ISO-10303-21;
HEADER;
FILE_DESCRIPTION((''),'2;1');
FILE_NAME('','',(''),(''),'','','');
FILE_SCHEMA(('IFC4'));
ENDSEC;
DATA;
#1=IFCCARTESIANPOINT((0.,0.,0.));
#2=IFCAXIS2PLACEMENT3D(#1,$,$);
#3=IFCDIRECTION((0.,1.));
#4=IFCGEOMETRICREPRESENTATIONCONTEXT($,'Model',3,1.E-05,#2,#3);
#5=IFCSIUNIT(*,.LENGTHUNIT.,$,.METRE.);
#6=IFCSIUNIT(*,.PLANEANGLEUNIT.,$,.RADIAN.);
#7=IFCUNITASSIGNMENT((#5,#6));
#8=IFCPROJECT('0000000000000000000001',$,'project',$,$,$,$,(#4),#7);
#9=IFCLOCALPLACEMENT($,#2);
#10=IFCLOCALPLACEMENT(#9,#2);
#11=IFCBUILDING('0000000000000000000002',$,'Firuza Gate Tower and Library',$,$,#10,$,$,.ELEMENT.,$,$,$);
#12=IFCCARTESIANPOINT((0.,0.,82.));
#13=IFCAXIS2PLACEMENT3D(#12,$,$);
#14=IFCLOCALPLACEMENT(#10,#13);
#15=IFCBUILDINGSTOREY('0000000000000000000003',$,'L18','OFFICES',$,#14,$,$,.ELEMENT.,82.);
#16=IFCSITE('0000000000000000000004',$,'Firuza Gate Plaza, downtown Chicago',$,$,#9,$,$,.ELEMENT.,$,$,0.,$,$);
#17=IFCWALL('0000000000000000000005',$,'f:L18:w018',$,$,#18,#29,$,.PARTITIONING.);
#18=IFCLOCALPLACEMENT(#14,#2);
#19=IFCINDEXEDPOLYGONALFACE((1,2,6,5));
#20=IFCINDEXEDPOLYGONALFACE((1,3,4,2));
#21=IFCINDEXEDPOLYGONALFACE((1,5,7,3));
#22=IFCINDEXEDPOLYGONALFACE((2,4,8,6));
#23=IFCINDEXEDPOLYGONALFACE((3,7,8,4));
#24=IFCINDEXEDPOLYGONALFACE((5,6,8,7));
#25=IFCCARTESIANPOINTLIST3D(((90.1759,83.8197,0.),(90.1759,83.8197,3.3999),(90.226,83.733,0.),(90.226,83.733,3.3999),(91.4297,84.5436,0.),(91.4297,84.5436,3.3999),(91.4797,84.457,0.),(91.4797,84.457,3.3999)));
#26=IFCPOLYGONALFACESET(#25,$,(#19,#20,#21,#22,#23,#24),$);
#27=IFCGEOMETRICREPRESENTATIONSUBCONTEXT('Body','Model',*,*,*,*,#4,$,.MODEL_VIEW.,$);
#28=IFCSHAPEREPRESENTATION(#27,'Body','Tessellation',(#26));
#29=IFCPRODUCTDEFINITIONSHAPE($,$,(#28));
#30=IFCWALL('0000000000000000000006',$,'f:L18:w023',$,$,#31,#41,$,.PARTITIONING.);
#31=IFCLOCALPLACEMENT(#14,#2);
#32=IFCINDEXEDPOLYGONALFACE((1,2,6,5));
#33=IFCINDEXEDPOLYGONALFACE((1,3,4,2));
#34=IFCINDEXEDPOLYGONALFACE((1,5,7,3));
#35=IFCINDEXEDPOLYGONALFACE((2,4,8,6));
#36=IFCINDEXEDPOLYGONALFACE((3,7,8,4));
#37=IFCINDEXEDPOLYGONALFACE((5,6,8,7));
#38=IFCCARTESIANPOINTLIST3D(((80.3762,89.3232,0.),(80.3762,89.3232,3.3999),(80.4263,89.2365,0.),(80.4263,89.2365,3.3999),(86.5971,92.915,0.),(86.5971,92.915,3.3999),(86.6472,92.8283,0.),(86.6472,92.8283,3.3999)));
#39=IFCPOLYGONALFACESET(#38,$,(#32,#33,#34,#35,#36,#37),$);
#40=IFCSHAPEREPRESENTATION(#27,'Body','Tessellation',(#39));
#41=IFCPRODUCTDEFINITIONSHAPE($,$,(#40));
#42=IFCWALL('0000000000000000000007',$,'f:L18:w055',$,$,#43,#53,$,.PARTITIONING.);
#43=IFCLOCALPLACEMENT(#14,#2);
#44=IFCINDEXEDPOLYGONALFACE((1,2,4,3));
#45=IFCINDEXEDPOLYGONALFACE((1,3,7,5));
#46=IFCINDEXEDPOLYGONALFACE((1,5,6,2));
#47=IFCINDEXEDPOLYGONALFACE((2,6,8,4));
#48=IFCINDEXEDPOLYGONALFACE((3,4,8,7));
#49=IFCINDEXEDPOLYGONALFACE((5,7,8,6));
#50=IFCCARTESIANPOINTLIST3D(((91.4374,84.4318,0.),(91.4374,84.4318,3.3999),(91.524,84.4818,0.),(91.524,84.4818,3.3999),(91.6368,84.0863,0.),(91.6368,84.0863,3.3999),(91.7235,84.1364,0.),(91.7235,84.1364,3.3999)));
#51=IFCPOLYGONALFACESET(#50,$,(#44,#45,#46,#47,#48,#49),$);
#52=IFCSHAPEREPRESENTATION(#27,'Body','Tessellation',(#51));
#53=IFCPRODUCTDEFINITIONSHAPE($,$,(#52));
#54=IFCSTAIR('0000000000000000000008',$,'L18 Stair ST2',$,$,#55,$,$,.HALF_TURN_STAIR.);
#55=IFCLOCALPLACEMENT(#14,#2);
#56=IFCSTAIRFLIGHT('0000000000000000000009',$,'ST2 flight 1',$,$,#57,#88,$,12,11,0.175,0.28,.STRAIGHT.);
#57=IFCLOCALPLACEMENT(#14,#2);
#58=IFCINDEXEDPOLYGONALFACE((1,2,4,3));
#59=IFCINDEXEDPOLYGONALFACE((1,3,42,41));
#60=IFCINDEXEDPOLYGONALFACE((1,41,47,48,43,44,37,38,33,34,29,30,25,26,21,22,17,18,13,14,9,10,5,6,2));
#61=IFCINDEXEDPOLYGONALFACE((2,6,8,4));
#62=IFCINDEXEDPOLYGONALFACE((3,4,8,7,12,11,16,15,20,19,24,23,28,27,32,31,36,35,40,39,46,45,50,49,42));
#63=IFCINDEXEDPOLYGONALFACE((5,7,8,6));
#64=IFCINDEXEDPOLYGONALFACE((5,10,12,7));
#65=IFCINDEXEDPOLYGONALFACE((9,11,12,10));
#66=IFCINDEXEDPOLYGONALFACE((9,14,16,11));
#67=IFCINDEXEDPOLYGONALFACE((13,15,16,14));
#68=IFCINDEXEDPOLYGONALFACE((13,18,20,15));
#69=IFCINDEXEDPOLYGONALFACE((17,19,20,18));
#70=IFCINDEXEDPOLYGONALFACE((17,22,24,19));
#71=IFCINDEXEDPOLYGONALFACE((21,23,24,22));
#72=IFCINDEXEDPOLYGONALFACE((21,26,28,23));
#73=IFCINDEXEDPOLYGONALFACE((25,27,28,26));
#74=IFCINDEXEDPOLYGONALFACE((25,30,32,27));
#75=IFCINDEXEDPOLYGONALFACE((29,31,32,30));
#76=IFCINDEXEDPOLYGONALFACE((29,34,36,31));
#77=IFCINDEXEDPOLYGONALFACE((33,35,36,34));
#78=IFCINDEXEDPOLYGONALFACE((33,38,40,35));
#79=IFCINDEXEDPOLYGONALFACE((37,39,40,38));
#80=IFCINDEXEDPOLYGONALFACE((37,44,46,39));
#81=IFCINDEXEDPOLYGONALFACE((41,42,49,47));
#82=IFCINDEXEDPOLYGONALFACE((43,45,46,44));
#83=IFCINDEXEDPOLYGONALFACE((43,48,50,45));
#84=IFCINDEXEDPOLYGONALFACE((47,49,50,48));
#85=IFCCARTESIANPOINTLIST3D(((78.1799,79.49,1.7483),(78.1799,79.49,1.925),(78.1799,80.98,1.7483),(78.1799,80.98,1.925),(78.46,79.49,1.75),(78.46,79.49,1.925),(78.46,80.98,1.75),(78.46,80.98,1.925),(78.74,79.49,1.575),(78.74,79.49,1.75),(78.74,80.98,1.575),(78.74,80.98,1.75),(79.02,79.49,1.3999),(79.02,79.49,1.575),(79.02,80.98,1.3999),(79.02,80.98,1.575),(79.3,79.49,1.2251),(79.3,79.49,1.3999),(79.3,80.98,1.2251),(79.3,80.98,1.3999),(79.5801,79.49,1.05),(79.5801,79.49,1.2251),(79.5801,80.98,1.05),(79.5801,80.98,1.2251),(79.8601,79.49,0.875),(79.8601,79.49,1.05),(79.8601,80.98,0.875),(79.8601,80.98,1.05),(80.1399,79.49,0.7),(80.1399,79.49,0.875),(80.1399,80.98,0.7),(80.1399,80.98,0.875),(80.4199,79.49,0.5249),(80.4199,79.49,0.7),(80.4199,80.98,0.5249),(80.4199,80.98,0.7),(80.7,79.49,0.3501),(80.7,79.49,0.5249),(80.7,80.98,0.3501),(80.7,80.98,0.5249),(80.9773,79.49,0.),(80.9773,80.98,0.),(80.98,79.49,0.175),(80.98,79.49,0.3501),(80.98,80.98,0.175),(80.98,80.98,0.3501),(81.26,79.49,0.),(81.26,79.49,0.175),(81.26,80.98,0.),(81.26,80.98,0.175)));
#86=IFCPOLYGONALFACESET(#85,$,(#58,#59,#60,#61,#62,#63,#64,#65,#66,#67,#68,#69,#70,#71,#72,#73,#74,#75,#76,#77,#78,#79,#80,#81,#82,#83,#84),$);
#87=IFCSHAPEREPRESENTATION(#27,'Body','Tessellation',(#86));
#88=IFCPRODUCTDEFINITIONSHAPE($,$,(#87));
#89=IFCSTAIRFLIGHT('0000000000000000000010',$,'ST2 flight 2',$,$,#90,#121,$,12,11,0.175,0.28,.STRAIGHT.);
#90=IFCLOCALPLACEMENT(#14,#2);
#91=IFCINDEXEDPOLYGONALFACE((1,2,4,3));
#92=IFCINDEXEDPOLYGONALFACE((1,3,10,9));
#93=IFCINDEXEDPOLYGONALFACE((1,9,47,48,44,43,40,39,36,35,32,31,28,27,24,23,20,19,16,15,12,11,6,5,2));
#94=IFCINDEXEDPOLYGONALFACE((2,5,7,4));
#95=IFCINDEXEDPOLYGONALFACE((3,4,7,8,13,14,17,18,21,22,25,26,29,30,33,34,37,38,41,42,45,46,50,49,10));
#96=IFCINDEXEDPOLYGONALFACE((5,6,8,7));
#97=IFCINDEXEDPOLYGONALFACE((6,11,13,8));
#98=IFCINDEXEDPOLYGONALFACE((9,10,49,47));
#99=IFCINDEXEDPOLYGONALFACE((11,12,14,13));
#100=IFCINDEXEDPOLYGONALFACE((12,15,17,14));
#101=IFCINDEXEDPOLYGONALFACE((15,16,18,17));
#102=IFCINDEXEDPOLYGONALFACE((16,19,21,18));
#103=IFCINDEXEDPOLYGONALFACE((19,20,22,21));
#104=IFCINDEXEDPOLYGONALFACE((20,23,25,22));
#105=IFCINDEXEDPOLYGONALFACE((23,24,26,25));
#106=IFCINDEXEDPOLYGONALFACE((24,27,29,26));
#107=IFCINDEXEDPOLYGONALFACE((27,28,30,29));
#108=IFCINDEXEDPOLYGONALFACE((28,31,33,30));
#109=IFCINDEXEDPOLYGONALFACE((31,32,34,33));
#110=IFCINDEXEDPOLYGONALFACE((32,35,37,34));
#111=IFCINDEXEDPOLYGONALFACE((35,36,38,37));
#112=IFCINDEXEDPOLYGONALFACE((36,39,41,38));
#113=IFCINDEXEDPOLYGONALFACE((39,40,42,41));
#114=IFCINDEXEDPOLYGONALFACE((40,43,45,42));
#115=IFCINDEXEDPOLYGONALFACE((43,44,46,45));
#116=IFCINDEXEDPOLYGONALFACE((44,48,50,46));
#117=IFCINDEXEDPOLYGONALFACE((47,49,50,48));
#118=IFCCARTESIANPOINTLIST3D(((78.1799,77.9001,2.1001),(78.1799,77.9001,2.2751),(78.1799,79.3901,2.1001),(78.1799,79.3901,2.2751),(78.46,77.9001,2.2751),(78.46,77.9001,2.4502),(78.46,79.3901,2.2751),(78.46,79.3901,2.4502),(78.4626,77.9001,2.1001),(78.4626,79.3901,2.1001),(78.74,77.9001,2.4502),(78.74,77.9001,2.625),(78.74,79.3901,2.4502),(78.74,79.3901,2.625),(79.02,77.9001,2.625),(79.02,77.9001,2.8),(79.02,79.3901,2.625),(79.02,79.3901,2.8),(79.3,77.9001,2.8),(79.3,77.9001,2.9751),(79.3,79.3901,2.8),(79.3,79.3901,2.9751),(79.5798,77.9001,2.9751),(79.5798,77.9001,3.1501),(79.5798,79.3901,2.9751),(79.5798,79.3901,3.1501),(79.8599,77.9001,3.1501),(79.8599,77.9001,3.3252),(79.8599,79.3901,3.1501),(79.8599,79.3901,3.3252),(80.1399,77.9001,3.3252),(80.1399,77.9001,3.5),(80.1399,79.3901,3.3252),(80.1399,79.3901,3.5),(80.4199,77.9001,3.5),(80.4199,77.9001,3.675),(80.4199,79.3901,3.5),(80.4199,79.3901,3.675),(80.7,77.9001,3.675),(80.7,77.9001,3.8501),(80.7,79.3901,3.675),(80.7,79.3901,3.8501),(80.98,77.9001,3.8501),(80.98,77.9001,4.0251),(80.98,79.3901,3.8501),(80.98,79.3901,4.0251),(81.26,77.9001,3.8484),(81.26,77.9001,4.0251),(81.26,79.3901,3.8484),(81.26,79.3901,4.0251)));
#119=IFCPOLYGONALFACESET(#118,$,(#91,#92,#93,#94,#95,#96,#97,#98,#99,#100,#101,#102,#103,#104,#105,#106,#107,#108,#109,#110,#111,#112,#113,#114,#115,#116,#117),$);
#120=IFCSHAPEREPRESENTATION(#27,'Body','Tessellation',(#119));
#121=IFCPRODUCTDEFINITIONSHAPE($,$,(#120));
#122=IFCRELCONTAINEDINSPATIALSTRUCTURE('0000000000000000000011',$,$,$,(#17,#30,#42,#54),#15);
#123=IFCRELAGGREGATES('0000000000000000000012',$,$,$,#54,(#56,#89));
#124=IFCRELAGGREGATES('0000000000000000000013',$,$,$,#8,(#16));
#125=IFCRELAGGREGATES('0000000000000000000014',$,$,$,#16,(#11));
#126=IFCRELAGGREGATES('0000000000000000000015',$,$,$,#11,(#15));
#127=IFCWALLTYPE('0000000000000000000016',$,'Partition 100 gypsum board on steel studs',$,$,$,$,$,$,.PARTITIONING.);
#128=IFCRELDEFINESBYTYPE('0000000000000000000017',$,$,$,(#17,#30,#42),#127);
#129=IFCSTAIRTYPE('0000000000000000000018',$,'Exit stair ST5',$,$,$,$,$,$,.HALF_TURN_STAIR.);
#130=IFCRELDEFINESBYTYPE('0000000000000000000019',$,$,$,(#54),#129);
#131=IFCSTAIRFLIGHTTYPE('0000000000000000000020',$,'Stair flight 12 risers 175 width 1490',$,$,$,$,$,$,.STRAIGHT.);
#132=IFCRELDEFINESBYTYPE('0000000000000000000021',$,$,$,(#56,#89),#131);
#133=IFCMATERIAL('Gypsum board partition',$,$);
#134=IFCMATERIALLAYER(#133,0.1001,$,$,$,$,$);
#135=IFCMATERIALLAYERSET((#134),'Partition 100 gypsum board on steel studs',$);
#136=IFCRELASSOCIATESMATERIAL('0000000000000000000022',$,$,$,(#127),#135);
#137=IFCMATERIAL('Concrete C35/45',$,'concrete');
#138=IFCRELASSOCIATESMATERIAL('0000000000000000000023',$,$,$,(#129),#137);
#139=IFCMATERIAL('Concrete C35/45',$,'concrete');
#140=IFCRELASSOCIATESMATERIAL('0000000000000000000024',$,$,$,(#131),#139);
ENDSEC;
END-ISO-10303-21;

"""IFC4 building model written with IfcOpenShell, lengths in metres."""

from ifc_helpers import new_model, si_unit, direction, frame, frame_2d, origin, place, context, subcontext, project, spatial, polyline, rectangle, outline, extrude, material, layer, layer_set, type_object, element, aggregate, save


model = new_model("IFC4")

# Units and contexts
model_context = context("Model", 3, precision=1e-05, world=origin(), true_north=direction((0.0, 1.0)))
body_context = subcontext(model_context, "Body", "Model", "MODEL_VIEW")
ifc_project = project(units=[si_unit("LENGTHUNIT", "METRE"), si_unit("PLANEANGLEUNIT", "RADIAN")], contexts=[model_context])

# Site, building, storey
site_placement = place(None, origin())
site = spatial("IfcSite", under=ifc_project, at=site_placement, Name="Firuza Gate Plaza, downtown Chicago", CompositionType="ELEMENT", RefElevation=0.0)
building_placement = place(site_placement, origin())
building = spatial("IfcBuilding", under=site, at=building_placement, Name="Firuza Gate Tower and Library", CompositionType="ELEMENT")
storey_placement = place(building_placement, frame((0.0, 0.0, 82.0)))
storey = spatial("IfcBuildingStorey", under=building, at=storey_placement, Name="L18", Description="OFFICES", CompositionType="ELEMENT", Elevation=82.0)

# Shared definitions
placement = place(storey_placement, origin())

# Walls
ifc_material_1 = material(Name="Gypsum board partition")
ifc_layer_1 = layer(ifc_material_1, 0.1001)
ifc_layer_set_1 = layer_set([ifc_layer_1], Name="Partition 100 gypsum board on steel studs")
wall_type_1 = type_object("IfcWallType", Name="Partition 100 gypsum board on steel studs", PredefinedType="PARTITIONING", material=ifc_layer_set_1)
wall_1_placement = place(storey_placement, frame((90.2009, 83.7764, 0.0), z_axis=(0.0, 0.0, 1.0), x_axis=(0.866003, 0.500039, 0.0)))
element("IfcWall", 1, at=wall_1_placement, inside=storey, type_object=wall_type_1, Name="f:L18:w018", PredefinedType="PARTITIONING", context=body_context, shape_type="SweptSolid", body=[
    extrude(rectangle(XDim=1.4478, YDim=0.1001, at=frame_2d((0.7239, 0.0))), origin(), (0.0, 0.0, 1.0), 3.3999),
])
wall_2_placement = place(storey_placement, frame((80.4011, 89.2798, 0.0), z_axis=(0.0, 0.0, 1.0), x_axis=(0.866017, 0.500014, 0.0)))
element("IfcWall", 2, at=wall_2_placement, inside=storey, type_object=wall_type_1, Name="f:L18:w023", PredefinedType="PARTITIONING", context=body_context, shape_type="SweptSolid", body=[
    extrude(rectangle(XDim=7.1833, YDim=0.1001, at=frame_2d((3.5918, 0.0))), origin(), (0.0, 0.0, 1.0), 3.3999),
])
wall_3_placement = place(storey_placement, frame((91.6802, 84.1113, 0.0), z_axis=(0.0, 0.0, 1.0), x_axis=(-0.500023, 0.866012, 0.0)))
element("IfcWall", 3, at=wall_3_placement, inside=storey, type_object=wall_type_1, Name="f:L18:w055", PredefinedType="PARTITIONING", context=body_context, shape_type="SweptSolid", body=[
    extrude(rectangle(XDim=0.3989, YDim=0.1001, at=frame_2d((0.1995, 0.0))), origin(), (0.0, 0.0, 1.0), 3.3999),
])

# Stair, stair flights
ifc_material_2 = material(Name="Concrete C35/45", Category="concrete")
stair_type = type_object("IfcStairType", Name="Exit stair ST5", PredefinedType="HALF_TURN_STAIR", material=ifc_material_2)
stair = element("IfcStair", 4, at=placement, inside=storey, type_object=stair_type, Name="L18 Stair ST2", PredefinedType="HALF_TURN_STAIR")
ifc_material_3 = material(Name="Concrete C35/45", Category="concrete")
stair_flight_type = type_object("IfcStairFlightType", Name="Stair flight 12 risers 175 width 1490", PredefinedType="STRAIGHT", material=ifc_material_3)
stair_flight_1_placement = place(storey_placement, frame((81.26, 80.2351, 0.0), z_axis=(0.0, 0.0, 1.0), x_axis=(-1.0, 0.0, 0.0)))
stair_flight_1 = element("IfcStairFlight", 5, at=stair_flight_1_placement, type_object=stair_flight_type, Name="ST2 flight 1", NumberOfRisers=12, NumberOfTreads=11, PredefinedType="STRAIGHT", RiserHeight=0.175, TreadLength=0.28, context=body_context, shape_type="SweptSolid", body=[
    extrude(outline(polyline([(0.0, 0.0), (0.0, 0.175), (0.28, 0.175), (0.28, 0.3501), (0.5601, 0.3501), (0.5601, 0.5249), (0.8401, 0.5249), (0.8401, 0.7), (1.1201, 0.7), (1.1201, 0.875), (1.3999, 0.875), (1.3999, 1.05), (1.6799, 1.05), (1.6799, 1.2251), (1.96, 1.2251), (1.96, 1.3999), (2.24, 1.3999), (2.24, 1.575), (2.52, 1.575), (2.52, 1.75), (2.8, 1.75), (2.8, 1.925), (3.0801, 1.925), (3.0801, 2.1001), (3.0801, 1.7483), (0.2827, 0.0), (0.0, 0.0)])), frame((0.0, 0.7451, 0.0), z_axis=(0.0, -1.0, 0.0), x_axis=(1.0, 0.0, 0.0)), (0.0, 0.0, 1.0), 1.49),
])
stair_flight_2_placement = place(storey_placement, frame((78.1799, 78.645, 2.1001), z_axis=(0.0, 0.0, 1.0), x_axis=(1.0, 0.0, 0.0)))
stair_flight_2 = element("IfcStairFlight", 6, at=stair_flight_2_placement, type_object=stair_flight_type, Name="ST2 flight 2", NumberOfRisers=12, NumberOfTreads=11, PredefinedType="STRAIGHT", RiserHeight=0.175, TreadLength=0.28, context=body_context, shape_type="SweptSolid", body=[
    extrude(outline(polyline([(0.0, 0.0), (0.0, 0.175), (0.28, 0.175), (0.28, 0.3501), (0.5601, 0.3501), (0.5601, 0.5249), (0.8401, 0.5249), (0.8401, 0.7), (1.1201, 0.7), (1.1201, 0.875), (1.3999, 0.875), (1.3999, 1.05), (1.6799, 1.05), (1.6799, 1.2251), (1.96, 1.2251), (1.96, 1.3999), (2.24, 1.3999), (2.24, 1.575), (2.52, 1.575), (2.52, 1.75), (2.8, 1.75), (2.8, 1.925), (3.0801, 1.925), (3.0801, 2.1001), (3.0801, 1.7483), (0.2827, 0.0), (0.0, 0.0)])), frame((0.0, 0.7451, 0.0), z_axis=(0.0, -1.0, 0.0), x_axis=(1.0, 0.0, 0.0)), (0.0, 0.0, 1.0), 1.49),
])
aggregate(stair, [stair_flight_1, stair_flight_2])

save(model, "model.ifc")
